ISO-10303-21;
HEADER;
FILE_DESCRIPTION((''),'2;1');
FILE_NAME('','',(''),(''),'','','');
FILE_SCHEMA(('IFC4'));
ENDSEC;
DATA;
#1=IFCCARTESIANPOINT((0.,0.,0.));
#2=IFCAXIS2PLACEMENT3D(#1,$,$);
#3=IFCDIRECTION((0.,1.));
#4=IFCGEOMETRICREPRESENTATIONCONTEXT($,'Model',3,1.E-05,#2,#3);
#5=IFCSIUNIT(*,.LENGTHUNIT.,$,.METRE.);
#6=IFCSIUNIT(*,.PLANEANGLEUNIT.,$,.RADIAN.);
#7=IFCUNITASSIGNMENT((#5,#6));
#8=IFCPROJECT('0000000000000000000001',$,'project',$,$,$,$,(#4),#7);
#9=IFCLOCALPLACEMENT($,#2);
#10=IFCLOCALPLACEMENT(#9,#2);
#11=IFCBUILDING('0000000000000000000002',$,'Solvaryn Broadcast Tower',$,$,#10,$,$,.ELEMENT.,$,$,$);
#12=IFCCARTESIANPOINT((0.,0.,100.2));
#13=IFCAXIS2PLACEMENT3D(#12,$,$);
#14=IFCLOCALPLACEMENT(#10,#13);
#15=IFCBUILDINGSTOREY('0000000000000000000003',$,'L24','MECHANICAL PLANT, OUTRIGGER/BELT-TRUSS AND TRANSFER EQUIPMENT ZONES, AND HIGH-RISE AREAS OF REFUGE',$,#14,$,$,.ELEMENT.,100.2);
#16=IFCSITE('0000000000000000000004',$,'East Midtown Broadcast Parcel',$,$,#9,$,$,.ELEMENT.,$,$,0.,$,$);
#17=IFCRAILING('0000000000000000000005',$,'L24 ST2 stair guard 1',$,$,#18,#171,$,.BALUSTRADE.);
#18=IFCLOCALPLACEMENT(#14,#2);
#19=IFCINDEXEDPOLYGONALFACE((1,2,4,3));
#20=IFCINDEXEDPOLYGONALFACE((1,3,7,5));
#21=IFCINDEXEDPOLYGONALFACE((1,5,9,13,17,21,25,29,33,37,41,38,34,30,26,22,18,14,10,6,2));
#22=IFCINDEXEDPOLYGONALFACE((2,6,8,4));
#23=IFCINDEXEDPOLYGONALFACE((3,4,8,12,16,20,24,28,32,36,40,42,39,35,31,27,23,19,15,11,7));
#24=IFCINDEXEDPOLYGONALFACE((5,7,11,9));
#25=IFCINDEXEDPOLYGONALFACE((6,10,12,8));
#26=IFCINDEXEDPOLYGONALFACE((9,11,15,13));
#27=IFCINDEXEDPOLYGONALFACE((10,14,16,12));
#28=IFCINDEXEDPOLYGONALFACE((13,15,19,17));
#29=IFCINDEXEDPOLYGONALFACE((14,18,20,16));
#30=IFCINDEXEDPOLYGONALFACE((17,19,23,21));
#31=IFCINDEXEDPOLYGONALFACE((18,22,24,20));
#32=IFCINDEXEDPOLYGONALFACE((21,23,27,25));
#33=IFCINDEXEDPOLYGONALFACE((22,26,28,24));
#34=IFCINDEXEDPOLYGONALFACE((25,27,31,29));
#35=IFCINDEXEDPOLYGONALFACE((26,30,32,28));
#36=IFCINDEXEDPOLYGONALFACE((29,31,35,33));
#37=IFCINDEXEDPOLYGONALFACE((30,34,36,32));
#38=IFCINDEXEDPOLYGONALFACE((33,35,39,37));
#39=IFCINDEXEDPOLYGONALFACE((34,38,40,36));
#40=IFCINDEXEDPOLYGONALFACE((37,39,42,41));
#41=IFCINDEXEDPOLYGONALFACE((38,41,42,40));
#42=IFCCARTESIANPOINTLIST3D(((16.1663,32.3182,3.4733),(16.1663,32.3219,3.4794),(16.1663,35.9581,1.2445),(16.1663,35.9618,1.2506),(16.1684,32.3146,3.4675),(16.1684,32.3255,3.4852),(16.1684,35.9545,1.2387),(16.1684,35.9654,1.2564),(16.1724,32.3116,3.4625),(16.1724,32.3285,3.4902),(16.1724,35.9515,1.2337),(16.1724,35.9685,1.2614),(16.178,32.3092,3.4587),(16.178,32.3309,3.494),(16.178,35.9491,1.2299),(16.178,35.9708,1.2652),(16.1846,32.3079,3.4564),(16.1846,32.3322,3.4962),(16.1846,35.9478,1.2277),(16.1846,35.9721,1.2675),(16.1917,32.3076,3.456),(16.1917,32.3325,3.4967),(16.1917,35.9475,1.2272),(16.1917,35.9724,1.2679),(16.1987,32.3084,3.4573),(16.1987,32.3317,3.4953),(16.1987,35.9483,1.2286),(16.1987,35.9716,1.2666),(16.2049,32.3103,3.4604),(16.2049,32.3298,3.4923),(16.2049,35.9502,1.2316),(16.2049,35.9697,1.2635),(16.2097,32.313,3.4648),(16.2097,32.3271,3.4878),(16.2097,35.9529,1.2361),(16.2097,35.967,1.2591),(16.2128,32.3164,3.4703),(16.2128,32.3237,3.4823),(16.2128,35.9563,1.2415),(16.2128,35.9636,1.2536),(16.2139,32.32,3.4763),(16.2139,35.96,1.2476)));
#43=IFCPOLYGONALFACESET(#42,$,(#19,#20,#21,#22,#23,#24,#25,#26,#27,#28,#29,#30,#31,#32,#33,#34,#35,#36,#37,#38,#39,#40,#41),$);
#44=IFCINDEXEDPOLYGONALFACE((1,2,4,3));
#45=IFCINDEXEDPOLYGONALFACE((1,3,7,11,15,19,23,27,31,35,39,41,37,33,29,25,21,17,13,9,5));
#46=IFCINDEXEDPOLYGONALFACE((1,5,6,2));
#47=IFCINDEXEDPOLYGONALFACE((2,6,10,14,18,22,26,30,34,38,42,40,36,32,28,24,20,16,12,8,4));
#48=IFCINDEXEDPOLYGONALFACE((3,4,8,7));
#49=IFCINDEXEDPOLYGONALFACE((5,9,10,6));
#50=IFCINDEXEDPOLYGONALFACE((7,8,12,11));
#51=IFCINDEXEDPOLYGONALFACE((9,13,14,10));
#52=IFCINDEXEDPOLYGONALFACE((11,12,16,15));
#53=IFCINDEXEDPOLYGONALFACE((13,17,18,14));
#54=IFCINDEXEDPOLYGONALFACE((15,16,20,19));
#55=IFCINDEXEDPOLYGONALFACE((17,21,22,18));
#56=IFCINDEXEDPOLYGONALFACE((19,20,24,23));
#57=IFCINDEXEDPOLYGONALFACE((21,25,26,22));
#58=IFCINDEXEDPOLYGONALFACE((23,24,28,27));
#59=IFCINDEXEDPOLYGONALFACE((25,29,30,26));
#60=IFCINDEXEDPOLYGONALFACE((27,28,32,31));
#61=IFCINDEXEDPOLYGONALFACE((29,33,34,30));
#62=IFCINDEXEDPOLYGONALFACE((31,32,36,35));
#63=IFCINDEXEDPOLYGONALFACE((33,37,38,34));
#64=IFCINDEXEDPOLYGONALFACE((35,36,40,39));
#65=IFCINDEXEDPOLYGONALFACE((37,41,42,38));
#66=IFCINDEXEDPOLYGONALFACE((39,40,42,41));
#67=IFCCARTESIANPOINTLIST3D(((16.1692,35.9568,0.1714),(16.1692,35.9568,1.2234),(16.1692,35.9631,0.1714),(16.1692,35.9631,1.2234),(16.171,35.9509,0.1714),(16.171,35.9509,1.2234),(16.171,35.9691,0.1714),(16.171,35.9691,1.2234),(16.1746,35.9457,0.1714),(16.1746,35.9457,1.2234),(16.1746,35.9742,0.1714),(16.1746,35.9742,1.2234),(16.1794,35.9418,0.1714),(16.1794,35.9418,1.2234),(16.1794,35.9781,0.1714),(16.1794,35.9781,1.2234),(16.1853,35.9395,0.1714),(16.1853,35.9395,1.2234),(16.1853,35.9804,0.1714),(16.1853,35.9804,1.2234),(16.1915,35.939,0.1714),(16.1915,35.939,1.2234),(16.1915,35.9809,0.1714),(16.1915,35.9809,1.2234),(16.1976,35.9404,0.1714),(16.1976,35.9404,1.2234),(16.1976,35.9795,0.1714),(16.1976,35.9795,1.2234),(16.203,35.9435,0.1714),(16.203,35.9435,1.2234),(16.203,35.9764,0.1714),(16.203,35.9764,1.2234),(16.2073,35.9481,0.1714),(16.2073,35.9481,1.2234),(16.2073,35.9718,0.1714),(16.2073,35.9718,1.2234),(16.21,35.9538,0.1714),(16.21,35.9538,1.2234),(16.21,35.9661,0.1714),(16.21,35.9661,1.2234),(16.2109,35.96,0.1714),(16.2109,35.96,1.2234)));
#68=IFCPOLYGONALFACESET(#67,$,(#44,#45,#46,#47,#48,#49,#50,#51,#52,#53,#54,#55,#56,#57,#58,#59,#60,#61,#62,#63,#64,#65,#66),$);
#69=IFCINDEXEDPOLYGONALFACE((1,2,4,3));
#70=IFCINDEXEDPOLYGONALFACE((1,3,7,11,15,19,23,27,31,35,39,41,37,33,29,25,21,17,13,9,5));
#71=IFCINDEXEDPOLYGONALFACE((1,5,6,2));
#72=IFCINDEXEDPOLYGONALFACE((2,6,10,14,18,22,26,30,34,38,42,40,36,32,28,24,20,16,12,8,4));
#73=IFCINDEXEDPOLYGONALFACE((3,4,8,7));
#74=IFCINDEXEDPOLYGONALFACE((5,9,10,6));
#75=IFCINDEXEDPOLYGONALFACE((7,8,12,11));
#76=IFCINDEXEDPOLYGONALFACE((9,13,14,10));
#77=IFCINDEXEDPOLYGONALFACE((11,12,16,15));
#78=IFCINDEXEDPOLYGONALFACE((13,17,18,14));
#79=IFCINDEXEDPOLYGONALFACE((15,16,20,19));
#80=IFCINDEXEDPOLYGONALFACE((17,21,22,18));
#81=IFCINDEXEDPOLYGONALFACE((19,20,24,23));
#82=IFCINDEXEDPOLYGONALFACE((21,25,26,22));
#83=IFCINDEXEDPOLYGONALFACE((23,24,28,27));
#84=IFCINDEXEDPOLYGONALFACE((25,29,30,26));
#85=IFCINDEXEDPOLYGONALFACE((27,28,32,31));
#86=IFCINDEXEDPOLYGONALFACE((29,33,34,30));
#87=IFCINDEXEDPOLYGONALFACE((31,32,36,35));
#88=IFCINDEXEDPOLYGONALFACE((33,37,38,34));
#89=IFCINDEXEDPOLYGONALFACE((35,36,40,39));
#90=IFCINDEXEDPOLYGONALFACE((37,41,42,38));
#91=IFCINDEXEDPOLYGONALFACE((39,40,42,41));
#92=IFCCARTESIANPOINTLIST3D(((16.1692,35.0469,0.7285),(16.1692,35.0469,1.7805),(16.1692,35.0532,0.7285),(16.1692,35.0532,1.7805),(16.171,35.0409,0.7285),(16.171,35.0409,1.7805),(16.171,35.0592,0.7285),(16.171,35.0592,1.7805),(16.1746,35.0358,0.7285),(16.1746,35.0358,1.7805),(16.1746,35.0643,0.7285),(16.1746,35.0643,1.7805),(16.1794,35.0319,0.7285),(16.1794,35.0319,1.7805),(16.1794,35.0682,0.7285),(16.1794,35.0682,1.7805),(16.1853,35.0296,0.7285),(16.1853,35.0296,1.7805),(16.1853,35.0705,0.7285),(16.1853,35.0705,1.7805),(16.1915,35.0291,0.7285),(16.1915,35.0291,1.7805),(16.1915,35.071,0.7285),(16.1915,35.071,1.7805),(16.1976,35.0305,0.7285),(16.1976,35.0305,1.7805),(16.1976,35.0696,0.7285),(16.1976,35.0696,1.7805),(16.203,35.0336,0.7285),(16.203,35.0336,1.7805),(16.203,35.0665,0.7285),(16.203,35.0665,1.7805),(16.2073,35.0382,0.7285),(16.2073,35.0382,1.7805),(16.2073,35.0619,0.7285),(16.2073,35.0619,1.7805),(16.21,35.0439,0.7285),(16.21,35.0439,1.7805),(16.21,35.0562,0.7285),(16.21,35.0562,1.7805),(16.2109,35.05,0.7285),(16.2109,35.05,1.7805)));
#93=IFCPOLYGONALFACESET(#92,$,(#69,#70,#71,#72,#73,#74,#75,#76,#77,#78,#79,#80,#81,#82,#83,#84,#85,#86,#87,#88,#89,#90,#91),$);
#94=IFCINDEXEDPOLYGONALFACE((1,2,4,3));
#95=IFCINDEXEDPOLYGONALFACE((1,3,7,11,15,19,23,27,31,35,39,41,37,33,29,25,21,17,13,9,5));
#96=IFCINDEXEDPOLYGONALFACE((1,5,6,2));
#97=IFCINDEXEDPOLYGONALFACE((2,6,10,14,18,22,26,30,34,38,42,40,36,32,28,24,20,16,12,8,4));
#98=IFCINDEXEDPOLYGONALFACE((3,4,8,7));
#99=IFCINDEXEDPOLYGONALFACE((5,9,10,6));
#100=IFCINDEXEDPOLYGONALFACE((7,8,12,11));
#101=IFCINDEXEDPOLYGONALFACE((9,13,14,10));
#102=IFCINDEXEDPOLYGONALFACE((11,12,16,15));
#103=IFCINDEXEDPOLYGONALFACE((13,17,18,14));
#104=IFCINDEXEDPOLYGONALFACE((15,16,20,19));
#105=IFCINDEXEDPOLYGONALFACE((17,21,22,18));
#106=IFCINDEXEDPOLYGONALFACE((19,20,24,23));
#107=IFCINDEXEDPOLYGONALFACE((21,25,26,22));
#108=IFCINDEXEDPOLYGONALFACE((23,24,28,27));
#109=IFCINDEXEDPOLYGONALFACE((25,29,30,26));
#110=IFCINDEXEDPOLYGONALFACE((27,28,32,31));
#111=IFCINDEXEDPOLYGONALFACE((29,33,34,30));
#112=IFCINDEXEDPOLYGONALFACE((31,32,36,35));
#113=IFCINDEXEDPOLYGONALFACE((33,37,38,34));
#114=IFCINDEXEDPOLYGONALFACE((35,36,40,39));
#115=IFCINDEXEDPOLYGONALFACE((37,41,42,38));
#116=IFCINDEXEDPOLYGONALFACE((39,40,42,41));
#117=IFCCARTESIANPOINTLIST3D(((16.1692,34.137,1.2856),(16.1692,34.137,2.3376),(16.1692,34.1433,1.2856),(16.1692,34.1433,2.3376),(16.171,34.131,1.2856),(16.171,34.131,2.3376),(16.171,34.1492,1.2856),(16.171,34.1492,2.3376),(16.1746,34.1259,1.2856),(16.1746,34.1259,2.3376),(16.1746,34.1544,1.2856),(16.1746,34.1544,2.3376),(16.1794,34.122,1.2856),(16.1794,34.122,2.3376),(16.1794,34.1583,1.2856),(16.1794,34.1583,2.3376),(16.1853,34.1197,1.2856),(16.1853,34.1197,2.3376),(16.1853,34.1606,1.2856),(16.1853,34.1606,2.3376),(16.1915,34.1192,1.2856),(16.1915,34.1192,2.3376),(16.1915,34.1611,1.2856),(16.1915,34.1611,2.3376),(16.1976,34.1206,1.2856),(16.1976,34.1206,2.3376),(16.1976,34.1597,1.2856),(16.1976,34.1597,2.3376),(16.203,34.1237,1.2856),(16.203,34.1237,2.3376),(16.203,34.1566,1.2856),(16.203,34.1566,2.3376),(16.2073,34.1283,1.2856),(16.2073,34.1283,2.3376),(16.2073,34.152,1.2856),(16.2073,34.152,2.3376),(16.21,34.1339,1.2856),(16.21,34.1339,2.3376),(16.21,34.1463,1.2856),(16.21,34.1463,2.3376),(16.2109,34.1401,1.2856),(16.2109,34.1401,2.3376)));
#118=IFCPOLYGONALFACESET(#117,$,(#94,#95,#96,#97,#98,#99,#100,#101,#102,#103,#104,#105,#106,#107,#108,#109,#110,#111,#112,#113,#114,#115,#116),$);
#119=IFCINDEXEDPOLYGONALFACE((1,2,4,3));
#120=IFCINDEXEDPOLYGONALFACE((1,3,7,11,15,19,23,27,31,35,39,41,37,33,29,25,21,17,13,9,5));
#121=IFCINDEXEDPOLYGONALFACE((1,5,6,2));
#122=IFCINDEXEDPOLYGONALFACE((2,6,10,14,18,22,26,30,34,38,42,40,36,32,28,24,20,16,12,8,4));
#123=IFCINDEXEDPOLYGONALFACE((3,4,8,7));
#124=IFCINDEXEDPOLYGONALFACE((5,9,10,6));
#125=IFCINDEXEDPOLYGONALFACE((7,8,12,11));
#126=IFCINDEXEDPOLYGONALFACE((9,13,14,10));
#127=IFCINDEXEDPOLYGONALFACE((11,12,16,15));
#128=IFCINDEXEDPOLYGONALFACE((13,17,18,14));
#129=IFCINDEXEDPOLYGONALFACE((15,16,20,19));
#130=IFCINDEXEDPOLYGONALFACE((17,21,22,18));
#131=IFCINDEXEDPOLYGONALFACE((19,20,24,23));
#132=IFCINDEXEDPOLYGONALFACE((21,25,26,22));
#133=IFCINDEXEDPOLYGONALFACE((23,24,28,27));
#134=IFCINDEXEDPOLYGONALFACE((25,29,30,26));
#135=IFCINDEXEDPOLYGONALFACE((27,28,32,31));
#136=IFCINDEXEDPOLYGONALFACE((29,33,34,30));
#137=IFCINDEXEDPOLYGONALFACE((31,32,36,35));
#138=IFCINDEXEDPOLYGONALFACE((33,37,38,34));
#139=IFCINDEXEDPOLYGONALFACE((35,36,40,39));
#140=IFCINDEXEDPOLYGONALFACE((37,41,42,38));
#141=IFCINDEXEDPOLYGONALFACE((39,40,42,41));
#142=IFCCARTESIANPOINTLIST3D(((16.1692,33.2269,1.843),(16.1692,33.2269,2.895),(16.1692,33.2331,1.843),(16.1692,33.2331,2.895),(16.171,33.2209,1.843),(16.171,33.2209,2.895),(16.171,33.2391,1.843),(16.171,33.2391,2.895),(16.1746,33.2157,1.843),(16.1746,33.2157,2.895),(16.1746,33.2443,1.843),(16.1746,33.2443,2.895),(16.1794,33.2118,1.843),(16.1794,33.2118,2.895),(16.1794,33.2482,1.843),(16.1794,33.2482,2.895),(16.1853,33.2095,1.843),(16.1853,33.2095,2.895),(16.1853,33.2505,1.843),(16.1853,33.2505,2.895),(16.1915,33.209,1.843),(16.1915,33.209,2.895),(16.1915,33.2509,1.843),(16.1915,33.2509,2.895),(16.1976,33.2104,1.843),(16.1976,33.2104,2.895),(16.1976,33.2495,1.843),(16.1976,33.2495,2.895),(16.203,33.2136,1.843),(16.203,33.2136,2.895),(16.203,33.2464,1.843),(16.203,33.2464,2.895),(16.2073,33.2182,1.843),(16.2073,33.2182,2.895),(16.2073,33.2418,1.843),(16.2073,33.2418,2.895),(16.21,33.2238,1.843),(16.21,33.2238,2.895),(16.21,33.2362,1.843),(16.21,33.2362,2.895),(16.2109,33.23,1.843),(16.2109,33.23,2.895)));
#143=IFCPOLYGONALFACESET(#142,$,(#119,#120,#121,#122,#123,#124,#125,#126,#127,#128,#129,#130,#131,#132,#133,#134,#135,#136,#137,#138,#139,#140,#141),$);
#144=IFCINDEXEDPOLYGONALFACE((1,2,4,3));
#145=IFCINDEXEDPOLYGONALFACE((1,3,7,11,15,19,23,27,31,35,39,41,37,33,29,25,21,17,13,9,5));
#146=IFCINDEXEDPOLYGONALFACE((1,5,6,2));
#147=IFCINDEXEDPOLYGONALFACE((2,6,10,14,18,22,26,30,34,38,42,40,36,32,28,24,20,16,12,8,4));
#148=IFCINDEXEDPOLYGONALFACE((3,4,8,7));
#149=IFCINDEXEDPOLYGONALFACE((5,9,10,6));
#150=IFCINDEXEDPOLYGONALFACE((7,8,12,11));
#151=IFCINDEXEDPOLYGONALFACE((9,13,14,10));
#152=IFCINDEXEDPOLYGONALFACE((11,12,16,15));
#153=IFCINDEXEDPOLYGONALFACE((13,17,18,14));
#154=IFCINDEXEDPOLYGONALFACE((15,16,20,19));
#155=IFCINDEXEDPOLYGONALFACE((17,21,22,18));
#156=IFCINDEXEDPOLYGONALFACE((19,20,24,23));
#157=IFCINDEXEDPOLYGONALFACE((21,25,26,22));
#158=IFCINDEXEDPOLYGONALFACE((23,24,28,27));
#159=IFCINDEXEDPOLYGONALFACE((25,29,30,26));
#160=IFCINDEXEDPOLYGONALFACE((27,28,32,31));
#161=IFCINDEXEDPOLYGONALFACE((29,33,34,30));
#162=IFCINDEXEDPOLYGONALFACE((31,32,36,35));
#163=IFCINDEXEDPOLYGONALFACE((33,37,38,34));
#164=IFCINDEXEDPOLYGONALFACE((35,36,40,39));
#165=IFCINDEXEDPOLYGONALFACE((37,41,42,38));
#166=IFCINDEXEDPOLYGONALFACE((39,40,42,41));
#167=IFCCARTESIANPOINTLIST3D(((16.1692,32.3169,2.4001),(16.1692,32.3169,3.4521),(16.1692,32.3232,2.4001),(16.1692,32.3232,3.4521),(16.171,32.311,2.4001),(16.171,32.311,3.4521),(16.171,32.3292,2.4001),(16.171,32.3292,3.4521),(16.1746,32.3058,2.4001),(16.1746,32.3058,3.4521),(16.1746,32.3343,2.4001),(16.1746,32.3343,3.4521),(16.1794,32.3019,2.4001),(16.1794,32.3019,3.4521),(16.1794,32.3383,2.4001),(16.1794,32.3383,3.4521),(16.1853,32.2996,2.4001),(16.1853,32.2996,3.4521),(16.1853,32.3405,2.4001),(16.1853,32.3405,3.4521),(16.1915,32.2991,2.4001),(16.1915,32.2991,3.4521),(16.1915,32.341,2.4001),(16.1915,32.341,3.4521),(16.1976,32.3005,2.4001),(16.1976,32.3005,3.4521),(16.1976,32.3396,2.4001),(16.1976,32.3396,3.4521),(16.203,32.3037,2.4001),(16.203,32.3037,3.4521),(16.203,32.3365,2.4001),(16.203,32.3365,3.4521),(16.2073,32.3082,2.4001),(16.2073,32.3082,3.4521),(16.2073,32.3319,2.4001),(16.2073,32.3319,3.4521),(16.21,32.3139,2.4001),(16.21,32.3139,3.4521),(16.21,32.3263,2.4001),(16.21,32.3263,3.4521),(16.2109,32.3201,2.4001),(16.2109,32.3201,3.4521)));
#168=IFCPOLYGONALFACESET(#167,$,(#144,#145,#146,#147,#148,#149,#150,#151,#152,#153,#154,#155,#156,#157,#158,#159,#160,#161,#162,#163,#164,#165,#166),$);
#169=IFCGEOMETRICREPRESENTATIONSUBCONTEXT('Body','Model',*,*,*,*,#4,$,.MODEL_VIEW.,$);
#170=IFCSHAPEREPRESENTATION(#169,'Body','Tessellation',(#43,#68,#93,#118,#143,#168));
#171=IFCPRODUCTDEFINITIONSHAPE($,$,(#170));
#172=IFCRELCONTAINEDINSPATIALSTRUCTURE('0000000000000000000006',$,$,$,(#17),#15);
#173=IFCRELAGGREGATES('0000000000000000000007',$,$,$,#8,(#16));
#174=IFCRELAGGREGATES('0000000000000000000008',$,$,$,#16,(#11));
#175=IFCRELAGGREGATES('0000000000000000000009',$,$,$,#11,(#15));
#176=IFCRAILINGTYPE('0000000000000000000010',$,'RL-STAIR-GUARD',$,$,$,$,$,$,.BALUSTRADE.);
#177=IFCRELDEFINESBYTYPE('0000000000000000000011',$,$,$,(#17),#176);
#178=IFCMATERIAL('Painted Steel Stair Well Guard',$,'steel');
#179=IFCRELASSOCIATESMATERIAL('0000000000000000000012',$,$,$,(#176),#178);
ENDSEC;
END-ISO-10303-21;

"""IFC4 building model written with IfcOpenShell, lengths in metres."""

from ifc_helpers import new_model, si_unit, direction, frame, origin, origin_2d, place, context, subcontext, project, spatial, circle, extrude, material, type_object, element, save


model = new_model("IFC4")

# Units and contexts
model_context = context("Model", 3, precision=1e-05, world=origin(), true_north=direction((0.0, 1.0)))
body_context = subcontext(model_context, "Body", "Model", "MODEL_VIEW")
ifc_project = project(units=[si_unit("LENGTHUNIT", "METRE"), si_unit("PLANEANGLEUNIT", "RADIAN")], contexts=[model_context])

# Site, building, storey
site_placement = place(None, origin())
site = spatial("IfcSite", under=ifc_project, at=site_placement, Name="East Midtown Broadcast Parcel", CompositionType="ELEMENT", RefElevation=0.0)
building_placement = place(site_placement, origin())
building = spatial("IfcBuilding", under=site, at=building_placement, Name="Solvaryn Broadcast Tower", CompositionType="ELEMENT")
storey_placement = place(building_placement, frame((0.0, 0.0, 100.2)))
storey = spatial("IfcBuildingStorey", under=building, at=storey_placement, Name="L24", Description="MECHANICAL PLANT, OUTRIGGER/BELT-TRUSS AND TRANSFER EQUIPMENT ZONES, AND HIGH-RISE AREAS OF REFUGE", CompositionType="ELEMENT", Elevation=100.2)

# Railing
ifc_material_1 = material(Name="Painted Steel Stair Well Guard", Category="steel")
railing_type = type_object("IfcRailingType", Name="RL-STAIR-GUARD", PredefinedType="BALUSTRADE", material=ifc_material_1)
railing_1_placement = place(storey_placement, frame((16.1899, 35.96, 0.1714)))
element("IfcRailing", 1, at=railing_1_placement, inside=storey, type_object=railing_type, Name="L24 ST2 stair guard 1", PredefinedType="BALUSTRADE", context=body_context, shape_type="SweptSolid", body=[
    extrude(circle(Radius=0.0239, at=origin_2d()), frame((0.0, 0.0, 1.0762), z_axis=(0.0, -0.852825, 0.522197), x_axis=(1.0, 0.0, 0.0)), (0.0, 0.0, 1.0), 4.2681),
    extrude(circle(Radius=0.021, at=origin_2d()), origin(), (0.0, 0.0, 1.0), 1.052),
    extrude(circle(Radius=0.021, at=origin_2d()), frame((0.0, -0.9099, 0.5571)), (0.0, 0.0, 1.0), 1.052),
    extrude(circle(Radius=0.021, at=origin_2d()), frame((0.0, -1.8198, 1.1143)), (0.0, 0.0, 1.0), 1.052),
    extrude(circle(Radius=0.021, at=origin_2d()), frame((0.0, -2.73, 1.6716)), (0.0, 0.0, 1.0), 1.052),
    extrude(circle(Radius=0.021, at=origin_2d()), frame((0.0, -3.6399, 2.2288)), (0.0, 0.0, 1.0), 1.052),
])

save(model, "model.ifc")
